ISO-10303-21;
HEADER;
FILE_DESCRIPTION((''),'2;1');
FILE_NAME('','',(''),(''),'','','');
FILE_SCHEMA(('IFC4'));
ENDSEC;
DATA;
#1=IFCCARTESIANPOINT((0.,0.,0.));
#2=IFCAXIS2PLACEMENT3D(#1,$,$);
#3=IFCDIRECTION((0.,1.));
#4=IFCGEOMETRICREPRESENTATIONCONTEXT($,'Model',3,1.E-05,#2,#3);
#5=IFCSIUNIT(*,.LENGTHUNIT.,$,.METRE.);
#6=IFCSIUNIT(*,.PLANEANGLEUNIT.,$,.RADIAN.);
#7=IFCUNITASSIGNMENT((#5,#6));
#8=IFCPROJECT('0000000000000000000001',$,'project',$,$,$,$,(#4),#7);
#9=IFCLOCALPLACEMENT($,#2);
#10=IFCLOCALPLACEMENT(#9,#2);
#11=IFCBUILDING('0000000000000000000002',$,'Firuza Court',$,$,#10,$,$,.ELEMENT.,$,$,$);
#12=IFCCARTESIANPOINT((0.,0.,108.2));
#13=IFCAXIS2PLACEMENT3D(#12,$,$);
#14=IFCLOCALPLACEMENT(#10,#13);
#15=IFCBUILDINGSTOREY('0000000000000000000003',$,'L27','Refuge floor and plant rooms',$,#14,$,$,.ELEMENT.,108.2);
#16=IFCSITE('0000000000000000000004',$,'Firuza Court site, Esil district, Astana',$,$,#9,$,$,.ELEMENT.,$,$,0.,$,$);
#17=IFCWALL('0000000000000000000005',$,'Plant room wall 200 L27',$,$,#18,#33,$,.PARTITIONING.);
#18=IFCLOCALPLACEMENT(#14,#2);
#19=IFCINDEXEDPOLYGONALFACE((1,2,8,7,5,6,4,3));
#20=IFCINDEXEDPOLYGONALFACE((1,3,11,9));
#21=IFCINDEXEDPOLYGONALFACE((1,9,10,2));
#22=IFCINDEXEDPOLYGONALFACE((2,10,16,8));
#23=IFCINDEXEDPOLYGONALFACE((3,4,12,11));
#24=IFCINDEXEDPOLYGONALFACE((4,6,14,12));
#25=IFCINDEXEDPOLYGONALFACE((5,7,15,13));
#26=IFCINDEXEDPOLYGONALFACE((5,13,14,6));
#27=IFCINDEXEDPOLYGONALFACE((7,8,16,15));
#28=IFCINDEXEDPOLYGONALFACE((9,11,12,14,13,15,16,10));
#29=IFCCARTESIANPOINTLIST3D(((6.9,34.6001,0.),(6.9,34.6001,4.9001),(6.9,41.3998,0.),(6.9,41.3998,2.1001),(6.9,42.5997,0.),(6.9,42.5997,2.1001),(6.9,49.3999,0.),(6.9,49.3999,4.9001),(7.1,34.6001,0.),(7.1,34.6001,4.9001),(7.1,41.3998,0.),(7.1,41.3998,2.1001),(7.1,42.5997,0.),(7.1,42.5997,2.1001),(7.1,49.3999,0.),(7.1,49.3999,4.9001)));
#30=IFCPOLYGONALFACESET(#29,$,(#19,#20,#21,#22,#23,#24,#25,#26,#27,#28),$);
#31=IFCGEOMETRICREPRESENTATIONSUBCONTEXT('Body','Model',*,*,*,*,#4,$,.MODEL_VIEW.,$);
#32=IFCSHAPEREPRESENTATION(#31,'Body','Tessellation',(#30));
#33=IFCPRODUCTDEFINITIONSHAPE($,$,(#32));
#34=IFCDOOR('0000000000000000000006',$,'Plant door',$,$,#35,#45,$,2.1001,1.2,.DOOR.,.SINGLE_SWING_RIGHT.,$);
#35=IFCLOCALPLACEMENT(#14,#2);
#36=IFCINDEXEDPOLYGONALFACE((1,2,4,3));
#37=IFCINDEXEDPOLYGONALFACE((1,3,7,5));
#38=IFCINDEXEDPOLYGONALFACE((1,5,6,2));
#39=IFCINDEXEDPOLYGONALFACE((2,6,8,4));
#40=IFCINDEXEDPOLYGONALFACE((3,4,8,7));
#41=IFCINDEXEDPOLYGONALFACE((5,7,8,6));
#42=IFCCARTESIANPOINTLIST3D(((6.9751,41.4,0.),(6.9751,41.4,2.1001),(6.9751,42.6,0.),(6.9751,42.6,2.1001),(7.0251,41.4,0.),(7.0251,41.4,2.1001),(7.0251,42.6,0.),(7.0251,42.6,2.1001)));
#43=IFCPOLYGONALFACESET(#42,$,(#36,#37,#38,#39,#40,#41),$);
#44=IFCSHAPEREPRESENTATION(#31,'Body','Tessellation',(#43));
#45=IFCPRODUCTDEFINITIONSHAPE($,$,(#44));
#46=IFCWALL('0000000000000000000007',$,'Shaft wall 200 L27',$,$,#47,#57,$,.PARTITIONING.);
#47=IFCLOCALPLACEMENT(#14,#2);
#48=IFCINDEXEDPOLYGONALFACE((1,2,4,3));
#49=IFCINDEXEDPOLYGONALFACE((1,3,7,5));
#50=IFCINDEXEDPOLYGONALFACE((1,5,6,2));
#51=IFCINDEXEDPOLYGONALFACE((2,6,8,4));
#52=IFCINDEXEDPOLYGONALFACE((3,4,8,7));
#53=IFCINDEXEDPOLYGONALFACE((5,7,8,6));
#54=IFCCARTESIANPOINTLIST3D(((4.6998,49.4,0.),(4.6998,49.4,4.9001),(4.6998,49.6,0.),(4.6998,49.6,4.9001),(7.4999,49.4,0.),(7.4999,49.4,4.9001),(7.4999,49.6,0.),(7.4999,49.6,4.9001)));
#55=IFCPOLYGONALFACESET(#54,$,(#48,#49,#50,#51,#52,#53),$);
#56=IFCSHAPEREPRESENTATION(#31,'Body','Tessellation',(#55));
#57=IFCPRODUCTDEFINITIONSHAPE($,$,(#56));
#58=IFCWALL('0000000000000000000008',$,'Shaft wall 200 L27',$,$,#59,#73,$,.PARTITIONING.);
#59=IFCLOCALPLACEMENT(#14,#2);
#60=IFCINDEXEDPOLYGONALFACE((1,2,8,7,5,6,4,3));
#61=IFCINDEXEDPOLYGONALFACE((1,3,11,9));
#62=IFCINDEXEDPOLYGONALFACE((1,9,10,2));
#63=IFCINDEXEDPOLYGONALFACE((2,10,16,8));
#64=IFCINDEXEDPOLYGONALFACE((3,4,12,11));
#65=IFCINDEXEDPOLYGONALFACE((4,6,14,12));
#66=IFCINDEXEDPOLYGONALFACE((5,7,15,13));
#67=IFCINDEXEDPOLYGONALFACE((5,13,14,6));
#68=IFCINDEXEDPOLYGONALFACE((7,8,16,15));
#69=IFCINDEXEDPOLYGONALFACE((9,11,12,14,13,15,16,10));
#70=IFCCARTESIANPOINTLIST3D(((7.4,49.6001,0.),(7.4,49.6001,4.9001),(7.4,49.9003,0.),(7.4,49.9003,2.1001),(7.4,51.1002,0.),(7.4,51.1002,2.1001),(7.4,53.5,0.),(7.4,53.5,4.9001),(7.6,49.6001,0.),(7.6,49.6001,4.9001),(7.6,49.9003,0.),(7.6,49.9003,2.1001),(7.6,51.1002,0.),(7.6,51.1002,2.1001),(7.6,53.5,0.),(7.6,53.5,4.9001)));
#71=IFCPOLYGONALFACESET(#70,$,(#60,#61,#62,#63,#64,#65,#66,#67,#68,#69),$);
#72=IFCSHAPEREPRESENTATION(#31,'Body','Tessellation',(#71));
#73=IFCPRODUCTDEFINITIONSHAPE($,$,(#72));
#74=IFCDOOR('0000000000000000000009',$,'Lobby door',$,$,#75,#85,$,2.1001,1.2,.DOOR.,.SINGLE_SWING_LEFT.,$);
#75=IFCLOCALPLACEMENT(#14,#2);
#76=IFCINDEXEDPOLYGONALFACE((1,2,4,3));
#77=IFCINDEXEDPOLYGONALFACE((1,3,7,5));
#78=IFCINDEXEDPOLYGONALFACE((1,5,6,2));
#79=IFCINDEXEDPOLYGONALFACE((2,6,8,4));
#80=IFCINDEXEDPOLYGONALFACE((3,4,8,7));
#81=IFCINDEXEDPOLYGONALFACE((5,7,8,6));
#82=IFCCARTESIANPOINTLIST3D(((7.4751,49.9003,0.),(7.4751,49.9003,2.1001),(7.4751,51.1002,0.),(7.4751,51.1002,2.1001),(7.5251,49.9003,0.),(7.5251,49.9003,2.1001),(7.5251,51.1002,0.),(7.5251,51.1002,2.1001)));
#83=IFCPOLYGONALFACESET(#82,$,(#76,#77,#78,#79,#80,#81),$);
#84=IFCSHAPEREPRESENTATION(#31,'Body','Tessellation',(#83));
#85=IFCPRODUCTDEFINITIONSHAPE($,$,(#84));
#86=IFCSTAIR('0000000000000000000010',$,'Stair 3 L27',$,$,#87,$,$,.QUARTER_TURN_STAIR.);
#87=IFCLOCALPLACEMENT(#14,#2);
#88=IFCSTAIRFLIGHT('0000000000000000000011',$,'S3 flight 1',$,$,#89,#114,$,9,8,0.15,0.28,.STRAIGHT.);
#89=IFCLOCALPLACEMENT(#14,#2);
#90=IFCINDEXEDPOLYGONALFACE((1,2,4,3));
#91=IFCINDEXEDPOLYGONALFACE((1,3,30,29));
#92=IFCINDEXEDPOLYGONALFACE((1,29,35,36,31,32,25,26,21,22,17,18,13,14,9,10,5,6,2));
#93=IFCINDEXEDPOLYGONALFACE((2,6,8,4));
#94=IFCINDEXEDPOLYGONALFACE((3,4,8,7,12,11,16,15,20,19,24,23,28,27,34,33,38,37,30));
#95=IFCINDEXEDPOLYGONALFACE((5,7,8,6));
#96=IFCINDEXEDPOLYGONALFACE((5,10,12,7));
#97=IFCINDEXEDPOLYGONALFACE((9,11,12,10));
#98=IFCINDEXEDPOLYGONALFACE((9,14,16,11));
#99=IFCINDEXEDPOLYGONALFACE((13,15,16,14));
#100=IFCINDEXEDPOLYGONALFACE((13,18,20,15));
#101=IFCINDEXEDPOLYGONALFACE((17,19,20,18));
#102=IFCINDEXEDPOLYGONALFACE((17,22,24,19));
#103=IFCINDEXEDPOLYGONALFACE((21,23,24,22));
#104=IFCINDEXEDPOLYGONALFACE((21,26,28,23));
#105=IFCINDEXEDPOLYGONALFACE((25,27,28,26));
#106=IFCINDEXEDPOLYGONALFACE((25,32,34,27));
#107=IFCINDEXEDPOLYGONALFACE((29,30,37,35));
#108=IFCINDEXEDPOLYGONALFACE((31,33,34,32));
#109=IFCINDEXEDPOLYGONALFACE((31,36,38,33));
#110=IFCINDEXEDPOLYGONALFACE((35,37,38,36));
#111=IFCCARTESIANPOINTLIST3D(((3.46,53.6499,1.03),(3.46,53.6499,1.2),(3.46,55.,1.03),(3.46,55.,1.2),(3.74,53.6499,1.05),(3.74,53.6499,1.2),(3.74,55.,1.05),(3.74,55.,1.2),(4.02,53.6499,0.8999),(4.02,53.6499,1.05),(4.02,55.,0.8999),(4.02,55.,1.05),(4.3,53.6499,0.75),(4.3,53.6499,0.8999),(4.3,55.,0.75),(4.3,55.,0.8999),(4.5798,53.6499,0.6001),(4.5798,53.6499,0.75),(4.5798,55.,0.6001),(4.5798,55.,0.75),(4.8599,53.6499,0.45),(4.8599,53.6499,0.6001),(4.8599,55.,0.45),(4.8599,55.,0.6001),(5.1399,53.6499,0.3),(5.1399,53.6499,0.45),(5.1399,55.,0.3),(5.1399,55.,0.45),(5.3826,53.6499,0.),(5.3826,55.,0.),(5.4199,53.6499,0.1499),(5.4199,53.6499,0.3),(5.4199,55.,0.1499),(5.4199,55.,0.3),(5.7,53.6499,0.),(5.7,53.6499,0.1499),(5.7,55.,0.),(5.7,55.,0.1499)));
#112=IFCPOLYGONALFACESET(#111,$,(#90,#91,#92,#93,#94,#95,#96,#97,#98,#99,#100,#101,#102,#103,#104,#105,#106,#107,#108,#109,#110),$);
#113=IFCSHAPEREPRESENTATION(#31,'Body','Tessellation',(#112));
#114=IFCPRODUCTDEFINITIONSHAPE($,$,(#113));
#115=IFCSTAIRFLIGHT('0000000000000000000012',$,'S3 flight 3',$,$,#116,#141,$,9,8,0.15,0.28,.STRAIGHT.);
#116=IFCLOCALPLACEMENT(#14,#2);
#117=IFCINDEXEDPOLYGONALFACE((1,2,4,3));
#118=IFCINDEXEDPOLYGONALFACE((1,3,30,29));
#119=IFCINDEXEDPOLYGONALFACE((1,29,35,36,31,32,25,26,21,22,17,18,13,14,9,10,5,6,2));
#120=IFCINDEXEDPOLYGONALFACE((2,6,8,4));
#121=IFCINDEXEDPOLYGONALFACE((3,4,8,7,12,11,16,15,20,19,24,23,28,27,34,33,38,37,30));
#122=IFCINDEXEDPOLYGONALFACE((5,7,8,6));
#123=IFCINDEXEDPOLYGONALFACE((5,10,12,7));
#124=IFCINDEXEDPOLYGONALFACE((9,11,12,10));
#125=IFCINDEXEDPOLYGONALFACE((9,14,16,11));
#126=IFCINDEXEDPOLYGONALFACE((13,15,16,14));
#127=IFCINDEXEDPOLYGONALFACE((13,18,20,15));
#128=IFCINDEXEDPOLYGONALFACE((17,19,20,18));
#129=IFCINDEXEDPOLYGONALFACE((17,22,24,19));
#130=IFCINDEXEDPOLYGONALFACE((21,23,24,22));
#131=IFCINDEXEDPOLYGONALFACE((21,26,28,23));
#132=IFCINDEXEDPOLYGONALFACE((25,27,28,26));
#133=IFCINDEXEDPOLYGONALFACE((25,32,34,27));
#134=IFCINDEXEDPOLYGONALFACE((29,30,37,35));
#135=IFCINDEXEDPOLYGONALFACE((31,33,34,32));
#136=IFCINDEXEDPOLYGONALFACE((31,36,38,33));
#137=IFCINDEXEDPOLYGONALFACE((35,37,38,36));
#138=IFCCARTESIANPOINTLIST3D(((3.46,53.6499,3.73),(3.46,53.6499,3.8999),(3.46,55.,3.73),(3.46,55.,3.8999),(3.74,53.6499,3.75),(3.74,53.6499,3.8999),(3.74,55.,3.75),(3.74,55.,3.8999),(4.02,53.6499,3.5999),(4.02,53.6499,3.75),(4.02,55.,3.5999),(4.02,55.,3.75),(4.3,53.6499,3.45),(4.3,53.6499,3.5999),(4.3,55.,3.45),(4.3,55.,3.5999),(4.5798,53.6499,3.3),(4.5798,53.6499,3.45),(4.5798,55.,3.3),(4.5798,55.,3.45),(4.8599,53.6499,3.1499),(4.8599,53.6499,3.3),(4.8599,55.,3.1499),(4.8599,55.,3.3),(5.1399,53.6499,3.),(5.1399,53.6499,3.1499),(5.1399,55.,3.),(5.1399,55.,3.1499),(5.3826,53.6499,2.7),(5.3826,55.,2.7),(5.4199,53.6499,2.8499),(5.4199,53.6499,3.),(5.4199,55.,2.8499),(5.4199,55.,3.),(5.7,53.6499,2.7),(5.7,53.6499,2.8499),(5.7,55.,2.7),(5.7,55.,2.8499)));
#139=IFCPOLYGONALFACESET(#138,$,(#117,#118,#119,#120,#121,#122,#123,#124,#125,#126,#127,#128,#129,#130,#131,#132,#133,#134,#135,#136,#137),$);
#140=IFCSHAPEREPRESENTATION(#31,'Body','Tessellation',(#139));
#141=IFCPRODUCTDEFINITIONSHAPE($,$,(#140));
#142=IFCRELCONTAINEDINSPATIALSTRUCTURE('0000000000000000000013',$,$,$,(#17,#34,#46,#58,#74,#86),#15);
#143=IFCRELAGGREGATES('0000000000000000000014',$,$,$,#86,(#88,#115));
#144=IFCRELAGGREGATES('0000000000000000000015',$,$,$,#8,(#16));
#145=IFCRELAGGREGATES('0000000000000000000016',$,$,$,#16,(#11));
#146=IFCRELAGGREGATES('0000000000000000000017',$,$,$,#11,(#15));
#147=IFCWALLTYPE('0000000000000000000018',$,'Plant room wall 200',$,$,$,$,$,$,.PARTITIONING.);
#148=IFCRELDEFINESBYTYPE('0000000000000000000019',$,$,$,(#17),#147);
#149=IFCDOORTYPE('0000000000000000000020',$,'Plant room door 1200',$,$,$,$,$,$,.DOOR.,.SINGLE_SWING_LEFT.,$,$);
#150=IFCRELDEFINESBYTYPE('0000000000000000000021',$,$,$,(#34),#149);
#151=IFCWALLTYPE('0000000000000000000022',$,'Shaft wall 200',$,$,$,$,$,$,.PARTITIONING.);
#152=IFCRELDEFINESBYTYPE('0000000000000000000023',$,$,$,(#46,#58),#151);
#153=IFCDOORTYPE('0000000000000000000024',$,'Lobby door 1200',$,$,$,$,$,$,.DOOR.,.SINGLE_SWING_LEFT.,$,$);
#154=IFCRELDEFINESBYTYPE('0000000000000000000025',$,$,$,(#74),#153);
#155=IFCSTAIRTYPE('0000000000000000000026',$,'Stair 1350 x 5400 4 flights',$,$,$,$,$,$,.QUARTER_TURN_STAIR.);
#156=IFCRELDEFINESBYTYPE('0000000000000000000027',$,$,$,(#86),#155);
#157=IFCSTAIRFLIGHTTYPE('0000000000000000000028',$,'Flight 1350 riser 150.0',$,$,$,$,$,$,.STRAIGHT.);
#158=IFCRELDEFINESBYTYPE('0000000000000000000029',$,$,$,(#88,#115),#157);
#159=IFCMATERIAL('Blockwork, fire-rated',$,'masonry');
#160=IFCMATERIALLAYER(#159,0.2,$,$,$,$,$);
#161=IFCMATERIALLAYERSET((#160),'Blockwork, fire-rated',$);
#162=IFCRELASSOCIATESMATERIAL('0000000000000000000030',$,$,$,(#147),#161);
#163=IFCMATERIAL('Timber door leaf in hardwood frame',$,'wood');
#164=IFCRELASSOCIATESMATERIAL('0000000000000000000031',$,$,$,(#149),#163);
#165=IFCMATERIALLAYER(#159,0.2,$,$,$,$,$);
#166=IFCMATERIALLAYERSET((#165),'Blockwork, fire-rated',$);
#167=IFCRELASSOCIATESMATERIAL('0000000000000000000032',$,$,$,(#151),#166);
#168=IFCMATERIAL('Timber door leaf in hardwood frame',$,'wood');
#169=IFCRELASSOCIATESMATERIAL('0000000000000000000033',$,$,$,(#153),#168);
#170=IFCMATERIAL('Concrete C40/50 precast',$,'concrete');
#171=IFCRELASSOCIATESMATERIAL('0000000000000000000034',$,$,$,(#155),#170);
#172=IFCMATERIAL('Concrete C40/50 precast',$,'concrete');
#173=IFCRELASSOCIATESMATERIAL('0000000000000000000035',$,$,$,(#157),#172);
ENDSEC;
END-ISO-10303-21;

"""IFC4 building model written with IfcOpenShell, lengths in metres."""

from ifc_helpers import new_model, si_unit, direction, frame, frame_2d, origin, place, context, subcontext, project, spatial, polyline, rectangle, outline, extrude, material, layer, layer_set, type_object, element, fill, aggregate, save


model = new_model("IFC4")

# Units and contexts
model_context = context("Model", 3, precision=1e-05, world=origin(), true_north=direction((0.0, 1.0)))
body_context = subcontext(model_context, "Body", "Model", "MODEL_VIEW")
ifc_project = project(units=[si_unit("LENGTHUNIT", "METRE"), si_unit("PLANEANGLEUNIT", "RADIAN")], contexts=[model_context])

# Site, building, storey
site_placement = place(None, origin())
site = spatial("IfcSite", under=ifc_project, at=site_placement, Name="Firuza Court site, Esil district, Astana", CompositionType="ELEMENT", RefElevation=0.0)
building_placement = place(site_placement, origin())
building = spatial("IfcBuilding", under=site, at=building_placement, Name="Firuza Court", CompositionType="ELEMENT")
storey_placement = place(building_placement, frame((0.0, 0.0, 108.2)))
storey = spatial("IfcBuildingStorey", under=building, at=storey_placement, Name="L27", Description="Refuge floor and plant rooms", CompositionType="ELEMENT", Elevation=108.2)

# Wall, opening, door
ifc_material_1 = material(Name="Blockwork, fire-rated", Category="masonry")
ifc_layer_1 = layer(ifc_material_1, 0.2)
ifc_layer_set_1 = layer_set([ifc_layer_1], Name="Blockwork, fire-rated")
wall_type_1 = type_object("IfcWallType", Name="Plant room wall 200", PredefinedType="PARTITIONING", material=ifc_layer_set_1)
wall_1_placement = place(storey_placement, frame((7.0, 49.3999, 0.0), z_axis=(0.0, 0.0, 1.0), x_axis=(0.0, -1.0, 0.0)))
wall_1 = element("IfcWall", 1, at=wall_1_placement, inside=storey, type_object=wall_type_1, Name="Plant room wall 200 L27", PredefinedType="PARTITIONING", context=body_context, shape_type="SweptSolid", body=[
    extrude(rectangle(XDim=14.7998, YDim=0.2, at=frame_2d((7.3999, 0.0))), origin(), (0.0, 0.0, 1.0), 4.9001),
])
opening_1_placement = place(wall_1_placement, frame((6.8, 0.0, 0.0)))
opening_1 = element("IfcOpeningElement", 2, at=opening_1_placement, cuts=wall_1, PredefinedType="OPENING", context=body_context, shape_type="SweptSolid", body=[
    extrude(rectangle(XDim=1.2, YDim=2.1001, at=frame_2d((0.6001, 1.05))), frame((0.0, 0.1118, 0.0), z_axis=(0.0, -1.0, 0.0), x_axis=(1.0, 0.0, 0.0)), (0.0, 0.0, 1.0), 0.2239),
])
ifc_material_2 = material(Name="Timber door leaf in hardwood frame", Category="wood")
door_type_1 = type_object("IfcDoorType", Name="Plant room door 1200", OperationType="SINGLE_SWING_LEFT", PredefinedType="DOOR", material=ifc_material_2)
door_1_placement = place(opening_1_placement, frame((1.2, 0.0, 0.0), z_axis=(0.0, 0.0, 1.0), x_axis=(-1.0, 0.0, 0.0)))
door_1 = element("IfcDoor", 3, at=door_1_placement, inside=storey, type_object=door_type_1, Name="Plant door", OperationType="SINGLE_SWING_RIGHT", OverallHeight=2.1001, OverallWidth=1.2, PredefinedType="DOOR", context=body_context, shape_type="SweptSolid", body=[
    extrude(rectangle(XDim=1.2, YDim=2.1001, at=frame_2d((0.6001, 1.05))), frame((0.0, 0.0249, 0.0), z_axis=(0.0, -1.0, 0.0), x_axis=(1.0, 0.0, 0.0)), (0.0, 0.0, 1.0), 0.05),
])
fill(opening_1, door_1)

# Wall
ifc_layer_2 = layer(ifc_material_1, 0.2)
ifc_layer_set_2 = layer_set([ifc_layer_2], Name="Blockwork, fire-rated")
wall_type_2 = type_object("IfcWallType", Name="Shaft wall 200", PredefinedType="PARTITIONING", material=ifc_layer_set_2)
wall_2_placement = place(storey_placement, frame((4.7, 49.5, 0.0), z_axis=(0.0, 0.0, 1.0), x_axis=(1.0, 0.0, 0.0)))
element("IfcWall", 4, at=wall_2_placement, inside=storey, type_object=wall_type_2, Name="Shaft wall 200 L27", PredefinedType="PARTITIONING", context=body_context, shape_type="SweptSolid", body=[
    extrude(rectangle(XDim=2.8, YDim=0.2, at=frame_2d((1.3999, 0.0))), origin(), (0.0, 0.0, 1.0), 4.9001),
])

# Wall, opening, door
wall_3_placement = place(storey_placement, frame((7.5, 49.6001, 0.0), z_axis=(0.0, 0.0, 1.0), x_axis=(0.0, 1.0, 0.0)))
wall_3 = element("IfcWall", 5, at=wall_3_placement, inside=storey, type_object=wall_type_2, Name="Shaft wall 200 L27", PredefinedType="PARTITIONING", context=body_context, shape_type="SweptSolid", body=[
    extrude(rectangle(XDim=3.8999, YDim=0.2, at=frame_2d((1.95, 0.0))), origin(), (0.0, 0.0, 1.0), 4.9001),
])
opening_2_placement = place(wall_3_placement, frame((0.3, 0.0, 0.0)))
opening_2 = element("IfcOpeningElement", 6, at=opening_2_placement, cuts=wall_3, PredefinedType="OPENING", context=body_context, shape_type="SweptSolid", body=[
    extrude(rectangle(XDim=1.2, YDim=2.1001, at=frame_2d((0.6001, 1.05))), frame((0.0, 0.1118, 0.0), z_axis=(0.0, -1.0, 0.0), x_axis=(1.0, 0.0, 0.0)), (0.0, 0.0, 1.0), 0.2239),
])
ifc_material_3 = material(Name="Timber door leaf in hardwood frame", Category="wood")
door_type_2 = type_object("IfcDoorType", Name="Lobby door 1200", OperationType="SINGLE_SWING_LEFT", PredefinedType="DOOR", material=ifc_material_3)
door_2_placement = place(opening_2_placement, origin())
door_2 = element("IfcDoor", 7, at=door_2_placement, inside=storey, type_object=door_type_2, Name="Lobby door", OperationType="SINGLE_SWING_LEFT", OverallHeight=2.1001, OverallWidth=1.2, PredefinedType="DOOR", context=body_context, shape_type="SweptSolid", body=[
    extrude(rectangle(XDim=1.2, YDim=2.1001, at=frame_2d((0.6001, 1.05))), frame((0.0, 0.0249, 0.0), z_axis=(0.0, -1.0, 0.0), x_axis=(1.0, 0.0, 0.0)), (0.0, 0.0, 1.0), 0.05),
])
fill(opening_2, door_2)

# Stair, stair flights
ifc_material_4 = material(Name="Concrete C40/50 precast", Category="concrete")
stair_type = type_object("IfcStairType", Name="Stair 1350 x 5400 4 flights", PredefinedType="QUARTER_TURN_STAIR", material=ifc_material_4)
stair_placement = place(storey_placement, origin())
stair = element("IfcStair", 8, at=stair_placement, inside=storey, type_object=stair_type, Name="Stair 3 L27", PredefinedType="QUARTER_TURN_STAIR")
ifc_material_5 = material(Name="Concrete C40/50 precast", Category="concrete")
stair_flight_type = type_object("IfcStairFlightType", Name="Flight 1350 riser 150.0", PredefinedType="STRAIGHT", material=ifc_material_5)
stair_flight_1_placement = place(storey_placement, frame((5.7, 54.325, 0.0), z_axis=(0.0, 0.0, 1.0), x_axis=(-1.0, 0.0, 0.0)))
stair_flight_1 = element("IfcStairFlight", 9, at=stair_flight_1_placement, type_object=stair_flight_type, Name="S3 flight 1", NumberOfRisers=9, NumberOfTreads=8, PredefinedType="STRAIGHT", RiserHeight=0.15, TreadLength=0.28, context=body_context, shape_type="SweptSolid", body=[
    extrude(outline(polyline([(0.0, 0.0), (0.0, 0.1499), (0.28, 0.1499), (0.28, 0.3), (0.5601, 0.3), (0.5601, 0.45), (0.8401, 0.45), (0.8401, 0.6001), (1.1201, 0.6001), (1.1201, 0.75), (1.3999, 0.75), (1.3999, 0.8999), (1.6799, 0.8999), (1.6799, 1.05), (1.96, 1.05), (1.96, 1.2), (2.24, 1.2), (2.24, 1.3501), (2.24, 1.03), (0.3174, 0.0), (0.0, 0.0)])), frame((0.0, 0.675, 0.0), z_axis=(0.0, -1.0, 0.0), x_axis=(1.0, 0.0, 0.0)), (0.0, 0.0, 1.0), 1.3501),
])
stair_flight_2_placement = place(storey_placement, frame((5.7, 54.325, 2.7), z_axis=(0.0, 0.0, 1.0), x_axis=(-1.0, 0.0, 0.0)))
stair_flight_2 = element("IfcStairFlight", 10, at=stair_flight_2_placement, type_object=stair_flight_type, Name="S3 flight 3", NumberOfRisers=9, NumberOfTreads=8, PredefinedType="STRAIGHT", RiserHeight=0.15, TreadLength=0.28, context=body_context, shape_type="SweptSolid", body=[
    extrude(outline(polyline([(0.0, 0.0), (0.0, 0.1499), (0.28, 0.1499), (0.28, 0.3), (0.5601, 0.3), (0.5601, 0.45), (0.8401, 0.45), (0.8401, 0.6001), (1.1201, 0.6001), (1.1201, 0.75), (1.3999, 0.75), (1.3999, 0.8999), (1.6799, 0.8999), (1.6799, 1.05), (1.96, 1.05), (1.96, 1.2), (2.24, 1.2), (2.24, 1.3501), (2.24, 1.03), (0.3174, 0.0), (0.0, 0.0)])), frame((0.0, 0.675, 0.0), z_axis=(0.0, -1.0, 0.0), x_axis=(1.0, 0.0, 0.0)), (0.0, 0.0, 1.0), 1.3501),
])
aggregate(stair, [stair_flight_1, stair_flight_2])

save(model, "model.ifc")
